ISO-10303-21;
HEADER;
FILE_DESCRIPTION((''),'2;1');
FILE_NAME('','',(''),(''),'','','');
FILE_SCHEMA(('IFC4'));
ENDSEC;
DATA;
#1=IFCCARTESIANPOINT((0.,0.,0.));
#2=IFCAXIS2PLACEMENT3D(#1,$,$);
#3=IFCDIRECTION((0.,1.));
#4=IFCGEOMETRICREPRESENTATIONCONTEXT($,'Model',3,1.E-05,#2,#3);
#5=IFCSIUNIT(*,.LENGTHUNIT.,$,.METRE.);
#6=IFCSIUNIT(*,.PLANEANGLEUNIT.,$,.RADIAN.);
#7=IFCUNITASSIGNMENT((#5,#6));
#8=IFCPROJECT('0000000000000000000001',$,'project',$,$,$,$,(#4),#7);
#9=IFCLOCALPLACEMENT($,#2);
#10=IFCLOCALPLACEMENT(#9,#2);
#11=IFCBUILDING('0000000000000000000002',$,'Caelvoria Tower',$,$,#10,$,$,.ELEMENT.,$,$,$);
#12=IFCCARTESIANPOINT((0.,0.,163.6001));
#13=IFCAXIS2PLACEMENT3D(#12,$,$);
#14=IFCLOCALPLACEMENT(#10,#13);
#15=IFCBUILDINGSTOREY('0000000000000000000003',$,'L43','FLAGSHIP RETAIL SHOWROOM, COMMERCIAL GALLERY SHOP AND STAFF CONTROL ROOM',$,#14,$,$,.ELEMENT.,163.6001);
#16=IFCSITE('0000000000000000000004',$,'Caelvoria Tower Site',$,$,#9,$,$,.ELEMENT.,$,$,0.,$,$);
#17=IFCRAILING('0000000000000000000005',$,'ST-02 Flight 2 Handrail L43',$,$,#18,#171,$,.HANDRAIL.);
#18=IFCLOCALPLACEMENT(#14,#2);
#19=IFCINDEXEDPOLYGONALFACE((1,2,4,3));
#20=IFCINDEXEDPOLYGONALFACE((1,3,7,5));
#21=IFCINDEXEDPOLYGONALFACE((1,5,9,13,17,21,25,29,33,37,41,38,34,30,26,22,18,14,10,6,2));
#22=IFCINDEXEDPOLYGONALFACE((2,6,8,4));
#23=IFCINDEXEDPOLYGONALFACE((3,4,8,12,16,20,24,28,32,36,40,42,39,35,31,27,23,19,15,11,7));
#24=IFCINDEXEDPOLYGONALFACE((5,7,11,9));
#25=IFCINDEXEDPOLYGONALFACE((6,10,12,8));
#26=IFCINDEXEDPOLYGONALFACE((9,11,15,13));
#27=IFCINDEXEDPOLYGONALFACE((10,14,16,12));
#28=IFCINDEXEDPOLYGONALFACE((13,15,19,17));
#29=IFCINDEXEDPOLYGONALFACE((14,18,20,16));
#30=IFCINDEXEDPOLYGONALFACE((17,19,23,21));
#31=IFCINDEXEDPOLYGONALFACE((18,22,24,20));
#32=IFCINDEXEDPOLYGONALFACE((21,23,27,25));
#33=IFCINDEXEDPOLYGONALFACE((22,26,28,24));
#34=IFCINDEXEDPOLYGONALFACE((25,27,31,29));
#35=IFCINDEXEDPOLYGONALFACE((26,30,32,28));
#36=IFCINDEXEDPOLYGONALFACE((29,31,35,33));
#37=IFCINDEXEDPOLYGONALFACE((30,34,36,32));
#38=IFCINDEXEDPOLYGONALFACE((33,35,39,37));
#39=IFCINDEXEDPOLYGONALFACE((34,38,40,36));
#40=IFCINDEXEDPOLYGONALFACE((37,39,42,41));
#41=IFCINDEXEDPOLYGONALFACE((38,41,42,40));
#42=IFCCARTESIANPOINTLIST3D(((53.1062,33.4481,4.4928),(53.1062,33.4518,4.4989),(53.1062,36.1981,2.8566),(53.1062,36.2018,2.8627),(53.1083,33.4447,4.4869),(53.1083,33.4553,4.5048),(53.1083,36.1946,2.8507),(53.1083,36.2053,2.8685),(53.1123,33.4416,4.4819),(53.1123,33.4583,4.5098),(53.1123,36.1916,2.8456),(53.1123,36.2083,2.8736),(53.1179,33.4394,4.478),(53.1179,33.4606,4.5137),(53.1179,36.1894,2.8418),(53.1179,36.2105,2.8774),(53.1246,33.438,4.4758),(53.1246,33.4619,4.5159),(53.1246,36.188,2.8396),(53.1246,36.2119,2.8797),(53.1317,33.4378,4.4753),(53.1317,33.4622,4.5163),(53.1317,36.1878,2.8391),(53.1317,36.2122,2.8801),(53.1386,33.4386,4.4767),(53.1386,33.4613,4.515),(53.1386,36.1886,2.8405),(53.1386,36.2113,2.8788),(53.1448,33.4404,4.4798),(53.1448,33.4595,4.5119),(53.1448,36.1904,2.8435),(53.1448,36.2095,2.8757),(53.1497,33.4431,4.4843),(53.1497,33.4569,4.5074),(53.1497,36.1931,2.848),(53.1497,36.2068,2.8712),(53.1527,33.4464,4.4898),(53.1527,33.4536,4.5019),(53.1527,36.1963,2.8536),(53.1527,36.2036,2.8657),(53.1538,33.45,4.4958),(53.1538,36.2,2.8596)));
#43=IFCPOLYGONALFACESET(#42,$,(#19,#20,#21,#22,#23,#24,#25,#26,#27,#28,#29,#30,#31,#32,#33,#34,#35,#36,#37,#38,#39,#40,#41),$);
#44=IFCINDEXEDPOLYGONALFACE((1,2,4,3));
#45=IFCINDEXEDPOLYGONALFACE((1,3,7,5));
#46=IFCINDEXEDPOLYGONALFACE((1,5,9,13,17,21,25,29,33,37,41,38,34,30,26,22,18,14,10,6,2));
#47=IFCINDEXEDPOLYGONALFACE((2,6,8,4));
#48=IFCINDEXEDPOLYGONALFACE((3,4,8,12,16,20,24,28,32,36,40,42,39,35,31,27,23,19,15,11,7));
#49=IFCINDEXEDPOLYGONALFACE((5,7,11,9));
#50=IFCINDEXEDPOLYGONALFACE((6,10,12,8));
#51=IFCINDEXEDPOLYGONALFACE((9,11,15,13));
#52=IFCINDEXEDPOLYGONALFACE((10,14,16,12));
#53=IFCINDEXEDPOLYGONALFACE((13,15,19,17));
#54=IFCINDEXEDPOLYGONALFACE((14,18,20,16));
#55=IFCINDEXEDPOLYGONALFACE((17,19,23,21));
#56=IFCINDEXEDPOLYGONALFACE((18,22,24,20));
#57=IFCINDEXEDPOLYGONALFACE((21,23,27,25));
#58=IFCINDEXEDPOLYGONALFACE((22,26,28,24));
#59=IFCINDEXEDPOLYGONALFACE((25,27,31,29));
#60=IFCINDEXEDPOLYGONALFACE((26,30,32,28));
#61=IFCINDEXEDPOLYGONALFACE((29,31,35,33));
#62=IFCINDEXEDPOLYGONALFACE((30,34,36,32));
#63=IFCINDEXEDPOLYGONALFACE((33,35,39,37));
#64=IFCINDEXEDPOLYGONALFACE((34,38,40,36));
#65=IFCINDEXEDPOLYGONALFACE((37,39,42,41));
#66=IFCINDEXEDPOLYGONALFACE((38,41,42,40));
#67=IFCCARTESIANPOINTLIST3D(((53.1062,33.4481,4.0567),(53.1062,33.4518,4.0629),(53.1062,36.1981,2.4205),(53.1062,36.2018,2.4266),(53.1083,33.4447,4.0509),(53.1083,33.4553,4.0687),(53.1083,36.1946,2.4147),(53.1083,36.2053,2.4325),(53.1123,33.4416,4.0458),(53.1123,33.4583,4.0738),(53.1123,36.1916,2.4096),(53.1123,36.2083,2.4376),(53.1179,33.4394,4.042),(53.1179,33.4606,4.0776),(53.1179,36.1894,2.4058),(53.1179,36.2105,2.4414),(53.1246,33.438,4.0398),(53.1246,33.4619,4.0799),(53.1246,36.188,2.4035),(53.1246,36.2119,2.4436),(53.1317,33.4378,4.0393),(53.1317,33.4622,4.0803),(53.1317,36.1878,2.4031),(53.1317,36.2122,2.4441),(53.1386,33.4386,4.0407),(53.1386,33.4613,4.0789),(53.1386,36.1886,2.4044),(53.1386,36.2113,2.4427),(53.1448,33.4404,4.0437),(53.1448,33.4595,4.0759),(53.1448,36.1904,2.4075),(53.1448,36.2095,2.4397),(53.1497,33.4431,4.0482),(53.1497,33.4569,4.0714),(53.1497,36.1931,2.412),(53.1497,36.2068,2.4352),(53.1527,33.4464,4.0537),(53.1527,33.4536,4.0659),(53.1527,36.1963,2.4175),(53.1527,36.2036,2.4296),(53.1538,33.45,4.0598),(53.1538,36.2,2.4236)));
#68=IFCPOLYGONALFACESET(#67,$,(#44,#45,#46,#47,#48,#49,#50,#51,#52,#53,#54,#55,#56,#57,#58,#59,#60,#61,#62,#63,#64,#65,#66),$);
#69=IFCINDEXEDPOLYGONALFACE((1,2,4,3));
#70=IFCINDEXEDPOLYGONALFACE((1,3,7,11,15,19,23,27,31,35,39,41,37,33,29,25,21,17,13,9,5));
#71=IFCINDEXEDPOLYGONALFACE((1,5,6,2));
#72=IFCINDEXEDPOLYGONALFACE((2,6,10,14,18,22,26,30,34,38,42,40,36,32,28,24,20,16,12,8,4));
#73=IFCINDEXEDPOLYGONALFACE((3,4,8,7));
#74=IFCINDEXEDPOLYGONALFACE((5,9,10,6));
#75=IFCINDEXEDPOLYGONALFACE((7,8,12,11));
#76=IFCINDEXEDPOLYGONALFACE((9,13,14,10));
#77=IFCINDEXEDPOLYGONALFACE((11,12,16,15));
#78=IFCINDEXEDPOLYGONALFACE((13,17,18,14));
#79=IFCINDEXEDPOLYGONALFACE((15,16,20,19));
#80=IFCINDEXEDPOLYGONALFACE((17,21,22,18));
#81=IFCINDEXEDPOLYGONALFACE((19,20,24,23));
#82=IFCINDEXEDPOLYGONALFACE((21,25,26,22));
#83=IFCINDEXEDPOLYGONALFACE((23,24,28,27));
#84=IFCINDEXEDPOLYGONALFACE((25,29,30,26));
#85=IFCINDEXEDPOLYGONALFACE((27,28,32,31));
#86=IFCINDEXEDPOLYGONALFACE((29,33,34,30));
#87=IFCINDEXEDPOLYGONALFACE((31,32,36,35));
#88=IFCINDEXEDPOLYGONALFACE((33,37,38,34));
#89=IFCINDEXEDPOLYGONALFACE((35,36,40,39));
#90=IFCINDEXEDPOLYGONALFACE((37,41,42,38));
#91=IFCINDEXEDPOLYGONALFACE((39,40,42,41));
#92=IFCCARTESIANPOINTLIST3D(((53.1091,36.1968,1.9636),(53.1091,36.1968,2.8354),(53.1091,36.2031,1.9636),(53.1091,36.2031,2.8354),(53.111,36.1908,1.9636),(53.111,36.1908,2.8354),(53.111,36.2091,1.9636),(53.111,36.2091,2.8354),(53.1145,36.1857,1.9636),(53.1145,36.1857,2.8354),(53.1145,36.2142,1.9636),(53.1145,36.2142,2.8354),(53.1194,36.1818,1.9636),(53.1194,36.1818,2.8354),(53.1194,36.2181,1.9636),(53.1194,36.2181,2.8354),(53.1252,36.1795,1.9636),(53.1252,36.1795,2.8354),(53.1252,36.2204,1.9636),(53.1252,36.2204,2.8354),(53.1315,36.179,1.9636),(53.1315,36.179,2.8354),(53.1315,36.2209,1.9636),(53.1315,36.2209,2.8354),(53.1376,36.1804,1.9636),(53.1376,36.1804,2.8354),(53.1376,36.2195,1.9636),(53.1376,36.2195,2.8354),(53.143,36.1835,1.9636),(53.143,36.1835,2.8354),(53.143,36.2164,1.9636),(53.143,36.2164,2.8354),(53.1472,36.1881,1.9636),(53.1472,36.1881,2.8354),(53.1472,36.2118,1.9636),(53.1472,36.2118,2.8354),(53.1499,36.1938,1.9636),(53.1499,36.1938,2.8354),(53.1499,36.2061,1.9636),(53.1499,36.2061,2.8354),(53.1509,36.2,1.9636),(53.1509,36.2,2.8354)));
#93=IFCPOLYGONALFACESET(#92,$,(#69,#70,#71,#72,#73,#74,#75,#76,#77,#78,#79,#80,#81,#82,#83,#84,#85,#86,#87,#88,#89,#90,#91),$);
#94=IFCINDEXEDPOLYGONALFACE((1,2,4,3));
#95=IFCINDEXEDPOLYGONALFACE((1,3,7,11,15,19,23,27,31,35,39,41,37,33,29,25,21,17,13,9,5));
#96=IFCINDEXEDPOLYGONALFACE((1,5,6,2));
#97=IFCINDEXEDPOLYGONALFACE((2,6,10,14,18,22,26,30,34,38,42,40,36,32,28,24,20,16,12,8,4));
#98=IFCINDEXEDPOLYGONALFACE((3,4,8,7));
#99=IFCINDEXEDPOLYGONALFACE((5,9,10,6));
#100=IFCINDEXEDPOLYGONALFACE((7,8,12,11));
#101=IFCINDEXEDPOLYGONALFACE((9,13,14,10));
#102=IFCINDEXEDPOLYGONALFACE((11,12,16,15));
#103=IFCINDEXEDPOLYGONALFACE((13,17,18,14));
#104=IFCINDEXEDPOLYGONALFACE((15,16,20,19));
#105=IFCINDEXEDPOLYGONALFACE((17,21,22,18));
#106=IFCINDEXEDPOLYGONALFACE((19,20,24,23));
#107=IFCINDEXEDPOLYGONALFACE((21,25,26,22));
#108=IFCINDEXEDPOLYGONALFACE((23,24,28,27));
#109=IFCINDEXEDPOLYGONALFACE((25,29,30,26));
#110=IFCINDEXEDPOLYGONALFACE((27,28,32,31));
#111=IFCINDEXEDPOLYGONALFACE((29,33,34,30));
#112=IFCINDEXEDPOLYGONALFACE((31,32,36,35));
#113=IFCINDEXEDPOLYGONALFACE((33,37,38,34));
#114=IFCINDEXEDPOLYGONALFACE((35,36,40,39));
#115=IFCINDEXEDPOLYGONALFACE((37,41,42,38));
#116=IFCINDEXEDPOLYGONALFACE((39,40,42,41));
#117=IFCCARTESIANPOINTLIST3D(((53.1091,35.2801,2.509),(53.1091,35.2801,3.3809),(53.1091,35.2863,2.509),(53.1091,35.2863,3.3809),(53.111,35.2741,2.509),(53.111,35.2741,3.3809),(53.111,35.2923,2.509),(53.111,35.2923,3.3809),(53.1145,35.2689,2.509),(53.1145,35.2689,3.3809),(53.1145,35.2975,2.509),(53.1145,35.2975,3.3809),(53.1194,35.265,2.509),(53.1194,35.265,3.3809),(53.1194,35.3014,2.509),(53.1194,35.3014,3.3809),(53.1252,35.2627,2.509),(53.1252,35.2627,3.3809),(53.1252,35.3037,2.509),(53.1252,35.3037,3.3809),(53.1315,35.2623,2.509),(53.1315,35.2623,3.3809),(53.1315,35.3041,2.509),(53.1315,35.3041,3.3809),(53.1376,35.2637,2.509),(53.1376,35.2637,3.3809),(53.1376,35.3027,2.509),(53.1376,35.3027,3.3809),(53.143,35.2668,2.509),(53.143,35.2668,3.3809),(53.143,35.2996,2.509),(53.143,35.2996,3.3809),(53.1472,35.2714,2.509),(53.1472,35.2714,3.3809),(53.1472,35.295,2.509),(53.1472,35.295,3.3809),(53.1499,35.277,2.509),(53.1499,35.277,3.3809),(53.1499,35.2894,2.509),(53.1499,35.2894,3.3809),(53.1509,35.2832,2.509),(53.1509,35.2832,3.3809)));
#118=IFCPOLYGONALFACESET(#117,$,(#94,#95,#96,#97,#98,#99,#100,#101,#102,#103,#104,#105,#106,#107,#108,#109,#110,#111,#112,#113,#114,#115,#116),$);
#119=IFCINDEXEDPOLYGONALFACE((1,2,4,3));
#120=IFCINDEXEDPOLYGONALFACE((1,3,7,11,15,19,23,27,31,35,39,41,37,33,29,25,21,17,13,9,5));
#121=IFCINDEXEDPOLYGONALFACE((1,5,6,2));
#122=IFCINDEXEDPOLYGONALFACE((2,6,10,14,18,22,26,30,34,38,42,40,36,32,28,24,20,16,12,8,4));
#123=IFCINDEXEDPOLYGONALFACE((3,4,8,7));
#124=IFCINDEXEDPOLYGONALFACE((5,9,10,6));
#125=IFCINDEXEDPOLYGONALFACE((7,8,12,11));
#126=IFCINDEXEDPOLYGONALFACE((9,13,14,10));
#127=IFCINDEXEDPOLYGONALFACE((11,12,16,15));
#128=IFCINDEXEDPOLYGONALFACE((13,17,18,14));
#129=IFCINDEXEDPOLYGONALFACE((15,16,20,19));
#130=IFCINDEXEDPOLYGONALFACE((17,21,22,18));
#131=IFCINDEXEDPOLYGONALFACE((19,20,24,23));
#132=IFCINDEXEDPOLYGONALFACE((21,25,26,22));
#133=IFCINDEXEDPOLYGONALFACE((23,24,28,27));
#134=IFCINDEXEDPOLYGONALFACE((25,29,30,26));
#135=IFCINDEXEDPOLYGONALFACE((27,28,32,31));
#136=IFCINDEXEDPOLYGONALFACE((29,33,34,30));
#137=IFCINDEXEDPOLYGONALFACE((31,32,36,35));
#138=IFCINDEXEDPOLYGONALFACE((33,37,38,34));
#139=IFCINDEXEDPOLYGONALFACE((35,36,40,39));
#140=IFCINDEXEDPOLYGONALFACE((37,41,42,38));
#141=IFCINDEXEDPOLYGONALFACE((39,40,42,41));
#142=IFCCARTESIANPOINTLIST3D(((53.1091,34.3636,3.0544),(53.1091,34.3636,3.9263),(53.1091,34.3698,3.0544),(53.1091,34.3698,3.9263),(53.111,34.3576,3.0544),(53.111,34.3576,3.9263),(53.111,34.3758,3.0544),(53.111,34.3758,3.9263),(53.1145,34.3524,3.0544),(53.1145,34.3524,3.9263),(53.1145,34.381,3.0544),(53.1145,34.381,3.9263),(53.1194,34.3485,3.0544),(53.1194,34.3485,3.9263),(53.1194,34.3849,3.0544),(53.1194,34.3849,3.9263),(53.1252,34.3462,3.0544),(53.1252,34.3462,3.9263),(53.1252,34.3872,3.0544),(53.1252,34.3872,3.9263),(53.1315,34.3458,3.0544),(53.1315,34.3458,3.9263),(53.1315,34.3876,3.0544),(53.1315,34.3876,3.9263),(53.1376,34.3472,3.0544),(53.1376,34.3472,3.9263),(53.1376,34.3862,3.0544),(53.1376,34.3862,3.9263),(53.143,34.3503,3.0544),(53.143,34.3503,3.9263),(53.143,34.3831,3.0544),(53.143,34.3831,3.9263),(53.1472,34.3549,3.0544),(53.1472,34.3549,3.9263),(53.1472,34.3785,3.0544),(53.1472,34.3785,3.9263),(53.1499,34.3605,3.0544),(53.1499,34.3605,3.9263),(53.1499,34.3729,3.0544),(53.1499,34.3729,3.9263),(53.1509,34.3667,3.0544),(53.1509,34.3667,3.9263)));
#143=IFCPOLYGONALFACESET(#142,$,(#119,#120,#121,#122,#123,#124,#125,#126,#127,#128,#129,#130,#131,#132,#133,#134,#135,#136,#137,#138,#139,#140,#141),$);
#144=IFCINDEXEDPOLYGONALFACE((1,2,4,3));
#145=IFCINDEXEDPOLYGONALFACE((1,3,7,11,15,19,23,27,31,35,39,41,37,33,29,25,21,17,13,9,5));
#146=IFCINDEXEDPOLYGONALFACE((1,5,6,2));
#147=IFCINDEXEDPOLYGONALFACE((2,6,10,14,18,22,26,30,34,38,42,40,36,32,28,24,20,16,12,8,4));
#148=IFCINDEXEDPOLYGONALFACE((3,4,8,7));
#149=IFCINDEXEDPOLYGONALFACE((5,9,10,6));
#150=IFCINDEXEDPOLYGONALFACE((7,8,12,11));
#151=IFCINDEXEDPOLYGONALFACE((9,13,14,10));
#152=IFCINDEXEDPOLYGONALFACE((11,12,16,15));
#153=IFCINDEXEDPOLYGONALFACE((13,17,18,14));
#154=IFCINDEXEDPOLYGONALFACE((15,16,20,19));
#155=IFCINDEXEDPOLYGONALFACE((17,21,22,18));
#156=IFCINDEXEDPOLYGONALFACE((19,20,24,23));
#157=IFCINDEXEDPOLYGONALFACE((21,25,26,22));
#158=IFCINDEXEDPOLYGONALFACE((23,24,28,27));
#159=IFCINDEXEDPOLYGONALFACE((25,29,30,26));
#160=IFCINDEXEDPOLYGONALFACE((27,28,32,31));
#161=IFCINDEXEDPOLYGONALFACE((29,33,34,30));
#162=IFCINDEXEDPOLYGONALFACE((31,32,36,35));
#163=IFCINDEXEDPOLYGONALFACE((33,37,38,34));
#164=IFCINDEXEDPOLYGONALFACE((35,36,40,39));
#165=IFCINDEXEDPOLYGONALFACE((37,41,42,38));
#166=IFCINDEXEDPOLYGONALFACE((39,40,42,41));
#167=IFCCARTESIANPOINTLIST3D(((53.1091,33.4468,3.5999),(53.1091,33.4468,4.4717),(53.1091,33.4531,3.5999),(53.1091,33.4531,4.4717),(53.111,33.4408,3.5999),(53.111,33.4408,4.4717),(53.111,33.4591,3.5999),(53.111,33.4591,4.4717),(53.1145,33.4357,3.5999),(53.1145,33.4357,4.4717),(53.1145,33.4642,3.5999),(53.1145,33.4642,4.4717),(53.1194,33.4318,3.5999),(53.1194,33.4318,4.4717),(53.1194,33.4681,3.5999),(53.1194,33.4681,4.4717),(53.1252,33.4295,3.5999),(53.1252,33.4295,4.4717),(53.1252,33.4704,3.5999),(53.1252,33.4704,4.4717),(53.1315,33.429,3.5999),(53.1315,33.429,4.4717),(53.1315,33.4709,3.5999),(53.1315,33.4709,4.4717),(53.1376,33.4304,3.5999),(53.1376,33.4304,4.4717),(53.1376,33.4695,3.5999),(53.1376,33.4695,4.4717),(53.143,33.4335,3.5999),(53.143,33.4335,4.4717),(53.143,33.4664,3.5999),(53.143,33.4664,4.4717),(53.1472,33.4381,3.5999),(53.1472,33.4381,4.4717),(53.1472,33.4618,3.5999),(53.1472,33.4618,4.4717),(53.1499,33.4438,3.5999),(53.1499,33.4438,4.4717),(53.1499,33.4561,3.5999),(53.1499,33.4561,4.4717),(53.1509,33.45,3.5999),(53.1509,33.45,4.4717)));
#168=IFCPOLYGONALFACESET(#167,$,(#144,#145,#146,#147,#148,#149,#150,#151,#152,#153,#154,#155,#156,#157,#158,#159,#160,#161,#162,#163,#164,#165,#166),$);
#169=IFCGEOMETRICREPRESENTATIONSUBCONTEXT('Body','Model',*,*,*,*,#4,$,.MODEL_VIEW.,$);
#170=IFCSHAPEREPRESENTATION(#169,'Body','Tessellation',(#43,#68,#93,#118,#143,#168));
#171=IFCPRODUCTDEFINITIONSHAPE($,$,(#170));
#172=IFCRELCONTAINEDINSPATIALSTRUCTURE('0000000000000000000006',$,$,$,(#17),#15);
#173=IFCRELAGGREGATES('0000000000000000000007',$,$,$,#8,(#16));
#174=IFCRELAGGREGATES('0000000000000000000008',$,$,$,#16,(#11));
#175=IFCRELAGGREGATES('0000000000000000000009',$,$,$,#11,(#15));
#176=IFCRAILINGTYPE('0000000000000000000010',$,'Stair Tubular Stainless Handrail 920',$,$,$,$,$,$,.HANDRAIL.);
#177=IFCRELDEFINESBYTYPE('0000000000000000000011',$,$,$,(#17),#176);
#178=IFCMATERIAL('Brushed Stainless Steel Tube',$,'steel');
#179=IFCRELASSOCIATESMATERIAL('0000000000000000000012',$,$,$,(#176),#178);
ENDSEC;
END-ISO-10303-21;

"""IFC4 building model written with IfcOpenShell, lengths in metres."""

from ifc_helpers import new_model, si_unit, direction, frame, origin, origin_2d, place, context, subcontext, project, spatial, circle, extrude, material, type_object, element, save


model = new_model("IFC4")

# Units and contexts
model_context = context("Model", 3, precision=1e-05, world=origin(), true_north=direction((0.0, 1.0)))
body_context = subcontext(model_context, "Body", "Model", "MODEL_VIEW")
ifc_project = project(units=[si_unit("LENGTHUNIT", "METRE"), si_unit("PLANEANGLEUNIT", "RADIAN")], contexts=[model_context])

# Site, building, storey
site_placement = place(None, origin())
site = spatial("IfcSite", under=ifc_project, at=site_placement, Name="Caelvoria Tower Site", CompositionType="ELEMENT", RefElevation=0.0)
building_placement = place(site_placement, origin())
building = spatial("IfcBuilding", under=site, at=building_placement, Name="Caelvoria Tower", CompositionType="ELEMENT")
storey_placement = place(building_placement, frame((0.0, 0.0, 163.6001)))
storey = spatial("IfcBuildingStorey", under=building, at=storey_placement, Name="L43", Description="FLAGSHIP RETAIL SHOWROOM, COMMERCIAL GALLERY SHOP AND STAFF CONTROL ROOM", CompositionType="ELEMENT", Elevation=163.6001)

# Railing
ifc_material_1 = material(Name="Brushed Stainless Steel Tube", Category="steel")
railing_type_1 = type_object("IfcRailingType", Name="Stair Tubular Stainless Handrail 920", PredefinedType="HANDRAIL", material=ifc_material_1)
railing_1_placement = place(storey_placement, frame((53.1299, 36.2, 1.9636)))
element("IfcRailing", 1, at=railing_1_placement, inside=storey, type_object=railing_type_1, Name="ST-02 Flight 2 Handrail L43", PredefinedType="HANDRAIL", context=body_context, shape_type="SweptSolid", body=[
    extrude(circle(Radius=0.0239, at=origin_2d()), frame((0.0, 0.0, 0.896), z_axis=(0.0, -0.859385, 0.511328), x_axis=(1.0, 0.0, 0.0)), (0.0, 0.0, 1.0), 3.2),
    extrude(circle(Radius=0.0239, at=origin_2d()), frame((0.0, 0.0, 0.46), z_axis=(0.0, -0.859385, 0.511328), x_axis=(1.0, 0.0, 0.0)), (0.0, 0.0, 1.0), 3.2),
    extrude(circle(Radius=0.021, at=origin_2d()), origin(), (0.0, 0.0, 1.0), 0.8718),
    extrude(circle(Radius=0.021, at=origin_2d()), frame((0.0, -0.9167, 0.5454)), (0.0, 0.0, 1.0), 0.8718),
    extrude(circle(Radius=0.021, at=origin_2d()), frame((0.0, -1.8333, 1.0908)), (0.0, 0.0, 1.0), 0.8718),
    extrude(circle(Radius=0.021, at=origin_2d()), frame((0.0, -2.75, 1.6362)), (0.0, 0.0, 1.0), 0.8718),
])

save(model, "model.ifc")
